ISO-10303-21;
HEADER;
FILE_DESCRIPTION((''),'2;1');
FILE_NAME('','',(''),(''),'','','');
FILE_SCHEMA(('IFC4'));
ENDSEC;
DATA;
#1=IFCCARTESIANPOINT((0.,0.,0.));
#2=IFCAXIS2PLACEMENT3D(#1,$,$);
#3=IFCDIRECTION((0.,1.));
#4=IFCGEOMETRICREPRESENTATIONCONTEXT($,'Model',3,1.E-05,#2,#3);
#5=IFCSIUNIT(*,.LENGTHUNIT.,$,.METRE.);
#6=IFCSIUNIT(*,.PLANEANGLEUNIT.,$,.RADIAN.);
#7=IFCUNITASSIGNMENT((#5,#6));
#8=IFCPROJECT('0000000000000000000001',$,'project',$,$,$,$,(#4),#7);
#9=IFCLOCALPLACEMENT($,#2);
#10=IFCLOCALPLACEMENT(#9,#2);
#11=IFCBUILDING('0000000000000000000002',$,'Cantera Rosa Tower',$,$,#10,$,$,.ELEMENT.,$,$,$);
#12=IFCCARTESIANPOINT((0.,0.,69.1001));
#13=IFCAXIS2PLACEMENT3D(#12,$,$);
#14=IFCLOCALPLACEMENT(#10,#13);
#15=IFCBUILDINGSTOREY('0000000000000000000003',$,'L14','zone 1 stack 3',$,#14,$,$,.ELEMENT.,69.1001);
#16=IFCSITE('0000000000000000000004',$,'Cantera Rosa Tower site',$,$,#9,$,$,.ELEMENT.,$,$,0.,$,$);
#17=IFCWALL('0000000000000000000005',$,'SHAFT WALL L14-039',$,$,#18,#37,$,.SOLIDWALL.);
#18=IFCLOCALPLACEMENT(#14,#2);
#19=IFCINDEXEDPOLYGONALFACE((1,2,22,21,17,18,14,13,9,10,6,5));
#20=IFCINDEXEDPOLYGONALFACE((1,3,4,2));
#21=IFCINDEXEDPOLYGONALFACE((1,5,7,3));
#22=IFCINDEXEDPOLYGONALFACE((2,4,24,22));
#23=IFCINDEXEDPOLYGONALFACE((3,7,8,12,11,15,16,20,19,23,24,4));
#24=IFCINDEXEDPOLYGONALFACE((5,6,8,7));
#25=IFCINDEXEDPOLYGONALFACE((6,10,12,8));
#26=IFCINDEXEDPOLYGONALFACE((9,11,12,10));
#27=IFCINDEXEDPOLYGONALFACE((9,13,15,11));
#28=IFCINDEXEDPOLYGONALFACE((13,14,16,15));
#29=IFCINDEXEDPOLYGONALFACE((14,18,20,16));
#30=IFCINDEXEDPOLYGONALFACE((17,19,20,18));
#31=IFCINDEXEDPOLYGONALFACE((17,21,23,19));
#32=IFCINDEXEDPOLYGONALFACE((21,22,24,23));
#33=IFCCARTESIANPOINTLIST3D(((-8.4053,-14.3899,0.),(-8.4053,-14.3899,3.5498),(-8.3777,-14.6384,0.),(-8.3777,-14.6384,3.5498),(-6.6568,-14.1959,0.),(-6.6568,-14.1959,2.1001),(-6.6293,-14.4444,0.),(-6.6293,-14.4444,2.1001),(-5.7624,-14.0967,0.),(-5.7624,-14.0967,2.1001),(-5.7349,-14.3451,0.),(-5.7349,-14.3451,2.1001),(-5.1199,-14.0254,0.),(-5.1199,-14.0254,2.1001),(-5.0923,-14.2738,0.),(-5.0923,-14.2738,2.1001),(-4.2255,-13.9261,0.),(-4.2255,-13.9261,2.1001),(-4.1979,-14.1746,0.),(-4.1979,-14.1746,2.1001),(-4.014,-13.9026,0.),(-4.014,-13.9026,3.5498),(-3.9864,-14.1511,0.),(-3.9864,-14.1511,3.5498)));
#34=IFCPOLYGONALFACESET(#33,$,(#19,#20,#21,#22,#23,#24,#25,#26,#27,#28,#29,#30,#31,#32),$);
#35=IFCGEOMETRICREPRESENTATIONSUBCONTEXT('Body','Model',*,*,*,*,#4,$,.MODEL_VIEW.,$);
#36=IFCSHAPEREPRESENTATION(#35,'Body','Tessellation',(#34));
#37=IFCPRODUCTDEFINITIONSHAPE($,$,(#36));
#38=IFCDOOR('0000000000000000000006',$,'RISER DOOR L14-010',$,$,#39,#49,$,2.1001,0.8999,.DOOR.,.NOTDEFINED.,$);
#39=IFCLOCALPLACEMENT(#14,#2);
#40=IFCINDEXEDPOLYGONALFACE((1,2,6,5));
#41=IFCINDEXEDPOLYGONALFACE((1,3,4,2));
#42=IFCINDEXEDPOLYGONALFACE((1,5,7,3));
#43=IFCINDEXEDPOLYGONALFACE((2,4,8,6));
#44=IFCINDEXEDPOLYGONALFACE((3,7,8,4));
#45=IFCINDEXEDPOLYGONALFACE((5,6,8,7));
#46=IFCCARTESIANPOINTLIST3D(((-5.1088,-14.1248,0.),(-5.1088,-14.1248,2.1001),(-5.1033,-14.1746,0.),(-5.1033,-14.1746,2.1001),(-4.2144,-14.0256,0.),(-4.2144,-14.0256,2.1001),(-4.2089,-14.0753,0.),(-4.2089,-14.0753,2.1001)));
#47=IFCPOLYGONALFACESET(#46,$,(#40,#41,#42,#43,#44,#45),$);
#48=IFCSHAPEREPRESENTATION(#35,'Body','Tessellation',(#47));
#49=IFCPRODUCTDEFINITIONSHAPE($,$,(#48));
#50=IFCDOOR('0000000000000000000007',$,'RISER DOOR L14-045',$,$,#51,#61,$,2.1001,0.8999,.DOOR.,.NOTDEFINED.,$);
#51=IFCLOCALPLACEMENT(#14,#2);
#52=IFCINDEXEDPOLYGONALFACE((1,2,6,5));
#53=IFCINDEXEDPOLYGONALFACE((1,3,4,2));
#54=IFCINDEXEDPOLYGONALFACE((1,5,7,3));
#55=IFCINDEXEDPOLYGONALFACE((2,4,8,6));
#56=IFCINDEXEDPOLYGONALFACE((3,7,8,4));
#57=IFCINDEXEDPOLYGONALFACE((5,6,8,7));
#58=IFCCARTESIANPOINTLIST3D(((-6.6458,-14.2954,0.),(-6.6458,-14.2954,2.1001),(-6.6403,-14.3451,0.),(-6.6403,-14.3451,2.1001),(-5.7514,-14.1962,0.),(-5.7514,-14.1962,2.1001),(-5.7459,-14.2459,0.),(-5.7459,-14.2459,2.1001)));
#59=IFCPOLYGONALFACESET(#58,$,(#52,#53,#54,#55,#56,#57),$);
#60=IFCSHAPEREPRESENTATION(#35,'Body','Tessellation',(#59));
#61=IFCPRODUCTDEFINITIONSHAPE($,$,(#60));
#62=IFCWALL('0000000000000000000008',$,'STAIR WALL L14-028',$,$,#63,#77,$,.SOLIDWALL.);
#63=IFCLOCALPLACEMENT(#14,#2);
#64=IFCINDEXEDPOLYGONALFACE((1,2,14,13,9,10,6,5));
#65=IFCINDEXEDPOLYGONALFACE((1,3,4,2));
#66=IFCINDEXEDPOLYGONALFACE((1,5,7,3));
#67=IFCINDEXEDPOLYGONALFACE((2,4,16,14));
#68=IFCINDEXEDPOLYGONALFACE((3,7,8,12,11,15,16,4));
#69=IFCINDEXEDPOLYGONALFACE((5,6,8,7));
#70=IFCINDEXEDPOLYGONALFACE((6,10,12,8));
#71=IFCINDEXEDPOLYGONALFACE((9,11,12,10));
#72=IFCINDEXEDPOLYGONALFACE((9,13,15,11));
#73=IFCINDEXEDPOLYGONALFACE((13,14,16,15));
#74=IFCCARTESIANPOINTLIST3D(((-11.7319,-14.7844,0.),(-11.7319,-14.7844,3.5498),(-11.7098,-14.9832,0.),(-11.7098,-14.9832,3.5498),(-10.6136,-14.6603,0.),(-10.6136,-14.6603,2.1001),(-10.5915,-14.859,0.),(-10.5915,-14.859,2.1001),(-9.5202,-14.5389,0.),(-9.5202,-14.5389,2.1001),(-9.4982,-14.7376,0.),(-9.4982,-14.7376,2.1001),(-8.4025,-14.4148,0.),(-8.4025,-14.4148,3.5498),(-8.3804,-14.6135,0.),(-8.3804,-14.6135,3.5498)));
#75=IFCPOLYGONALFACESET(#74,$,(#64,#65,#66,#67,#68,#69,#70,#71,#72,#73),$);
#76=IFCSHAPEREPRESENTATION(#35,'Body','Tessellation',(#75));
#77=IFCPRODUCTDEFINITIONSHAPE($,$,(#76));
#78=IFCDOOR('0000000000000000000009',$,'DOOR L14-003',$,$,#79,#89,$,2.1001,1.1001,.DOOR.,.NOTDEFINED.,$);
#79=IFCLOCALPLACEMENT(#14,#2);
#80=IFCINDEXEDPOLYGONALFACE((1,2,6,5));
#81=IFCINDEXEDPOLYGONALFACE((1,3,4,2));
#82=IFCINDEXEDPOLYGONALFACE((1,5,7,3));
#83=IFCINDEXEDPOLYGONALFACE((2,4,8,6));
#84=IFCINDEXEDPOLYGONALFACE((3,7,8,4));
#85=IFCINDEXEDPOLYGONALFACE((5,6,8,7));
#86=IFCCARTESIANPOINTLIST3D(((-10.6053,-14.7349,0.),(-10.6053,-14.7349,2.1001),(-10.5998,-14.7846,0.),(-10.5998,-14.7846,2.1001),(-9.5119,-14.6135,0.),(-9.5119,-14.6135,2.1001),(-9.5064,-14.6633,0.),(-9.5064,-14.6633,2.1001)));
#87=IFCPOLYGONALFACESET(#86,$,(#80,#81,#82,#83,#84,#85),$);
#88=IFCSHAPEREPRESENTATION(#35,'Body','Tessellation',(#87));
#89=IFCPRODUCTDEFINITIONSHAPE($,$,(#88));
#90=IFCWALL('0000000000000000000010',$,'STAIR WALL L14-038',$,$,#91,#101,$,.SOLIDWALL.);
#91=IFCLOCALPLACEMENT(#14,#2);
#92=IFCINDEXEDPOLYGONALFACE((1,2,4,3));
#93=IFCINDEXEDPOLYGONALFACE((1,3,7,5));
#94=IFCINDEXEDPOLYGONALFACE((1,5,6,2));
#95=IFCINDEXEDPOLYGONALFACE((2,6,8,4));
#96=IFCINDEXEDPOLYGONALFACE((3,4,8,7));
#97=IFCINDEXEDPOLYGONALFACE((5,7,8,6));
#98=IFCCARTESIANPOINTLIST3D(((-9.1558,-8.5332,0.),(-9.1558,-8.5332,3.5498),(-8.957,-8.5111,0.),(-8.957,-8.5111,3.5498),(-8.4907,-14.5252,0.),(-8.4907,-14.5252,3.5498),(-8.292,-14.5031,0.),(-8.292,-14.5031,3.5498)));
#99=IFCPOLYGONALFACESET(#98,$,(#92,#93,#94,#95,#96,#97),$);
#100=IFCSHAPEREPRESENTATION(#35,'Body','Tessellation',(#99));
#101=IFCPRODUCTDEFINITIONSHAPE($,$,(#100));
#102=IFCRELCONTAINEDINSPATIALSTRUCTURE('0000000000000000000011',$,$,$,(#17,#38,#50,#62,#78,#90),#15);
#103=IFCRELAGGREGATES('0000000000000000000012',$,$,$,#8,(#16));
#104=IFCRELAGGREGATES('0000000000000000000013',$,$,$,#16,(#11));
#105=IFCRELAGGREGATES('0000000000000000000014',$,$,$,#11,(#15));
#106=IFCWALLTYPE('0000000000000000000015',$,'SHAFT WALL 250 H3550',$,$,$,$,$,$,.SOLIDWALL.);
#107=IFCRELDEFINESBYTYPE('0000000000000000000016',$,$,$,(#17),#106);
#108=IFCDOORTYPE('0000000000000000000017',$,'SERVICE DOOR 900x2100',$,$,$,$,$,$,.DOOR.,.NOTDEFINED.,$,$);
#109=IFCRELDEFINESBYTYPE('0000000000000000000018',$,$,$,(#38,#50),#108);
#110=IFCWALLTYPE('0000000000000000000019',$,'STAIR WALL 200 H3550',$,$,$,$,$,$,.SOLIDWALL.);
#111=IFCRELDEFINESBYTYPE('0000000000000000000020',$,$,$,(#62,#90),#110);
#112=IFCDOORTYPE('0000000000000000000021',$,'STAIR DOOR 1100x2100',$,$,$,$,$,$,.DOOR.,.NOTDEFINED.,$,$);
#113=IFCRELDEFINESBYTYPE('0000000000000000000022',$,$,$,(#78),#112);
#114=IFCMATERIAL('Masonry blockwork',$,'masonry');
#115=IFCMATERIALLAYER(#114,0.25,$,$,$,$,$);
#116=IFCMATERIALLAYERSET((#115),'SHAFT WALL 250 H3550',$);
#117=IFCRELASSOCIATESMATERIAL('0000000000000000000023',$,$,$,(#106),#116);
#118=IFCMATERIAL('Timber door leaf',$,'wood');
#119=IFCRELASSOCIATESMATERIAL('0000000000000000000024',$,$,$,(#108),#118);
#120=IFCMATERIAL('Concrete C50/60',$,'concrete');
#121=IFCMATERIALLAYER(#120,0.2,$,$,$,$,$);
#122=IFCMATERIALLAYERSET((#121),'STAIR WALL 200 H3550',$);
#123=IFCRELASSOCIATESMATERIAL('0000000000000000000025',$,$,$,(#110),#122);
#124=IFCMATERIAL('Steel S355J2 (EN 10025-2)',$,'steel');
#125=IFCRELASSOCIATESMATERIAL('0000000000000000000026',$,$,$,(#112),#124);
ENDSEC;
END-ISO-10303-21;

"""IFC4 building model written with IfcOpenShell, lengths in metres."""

from ifc_helpers import new_model, si_unit, direction, frame, frame_2d, origin, place, context, subcontext, project, spatial, rectangle, extrude, material, layer, layer_set, type_object, element, fill, save


model = new_model("IFC4")

# Units and contexts
model_context = context("Model", 3, precision=1e-05, world=origin(), true_north=direction((0.0, 1.0)))
body_context = subcontext(model_context, "Body", "Model", "MODEL_VIEW")
ifc_project = project(units=[si_unit("LENGTHUNIT", "METRE"), si_unit("PLANEANGLEUNIT", "RADIAN")], contexts=[model_context])

# Site, building, storey
site_placement = place(None, origin())
site = spatial("IfcSite", under=ifc_project, at=site_placement, Name="Cantera Rosa Tower site", CompositionType="ELEMENT", RefElevation=0.0)
building_placement = place(site_placement, origin())
building = spatial("IfcBuilding", under=site, at=building_placement, Name="Cantera Rosa Tower", CompositionType="ELEMENT")
storey_placement = place(building_placement, frame((0.0, 0.0, 69.1001)))
storey = spatial("IfcBuildingStorey", under=building, at=storey_placement, Name="L14", Description="zone 1 stack 3", CompositionType="ELEMENT", Elevation=69.1001)

# Wall, openings, doors
ifc_material_1 = material(Name="Masonry blockwork", Category="masonry")
ifc_layer_1 = layer(ifc_material_1, 0.25)
ifc_layer_set_1 = layer_set([ifc_layer_1], Name="SHAFT WALL 250 H3550")
wall_type_1 = type_object("IfcWallType", Name="SHAFT WALL 250 H3550", PredefinedType="SOLIDWALL", material=ifc_layer_set_1)
wall_1_placement = place(storey_placement, frame((-8.3914, -14.5142, 0.0), z_axis=(0.0, 0.0, 1.0), x_axis=(0.993899, 0.110292, 0.0)))
wall_1 = element("IfcWall", 1, at=wall_1_placement, inside=storey, type_object=wall_type_1, Name="SHAFT WALL L14-039", PredefinedType="SOLIDWALL", context=body_context, shape_type="SweptSolid", body=[
    extrude(rectangle(XDim=4.4182, YDim=0.25, at=frame_2d((2.209, 0.0))), origin(), (0.0, 0.0, 1.0), 3.5498),
])
opening_1_placement = place(wall_1_placement, frame((3.3054, 0.0, 0.0)))
opening_1 = element("IfcOpeningElement", 2, at=opening_1_placement, cuts=wall_1, PredefinedType="OPENING", context=body_context, shape_type="SweptSolid", body=[
    extrude(rectangle(XDim=0.8999, YDim=2.1001, at=frame_2d((0.45, 1.05))), frame((0.0, 0.135, 0.0), z_axis=(0.0, -1.0, 0.0), x_axis=(1.0, 0.0, 0.0)), (0.0, 0.0, 1.0), 0.27),
])
opening_2_placement = place(wall_1_placement, frame((1.759, 0.0, 0.0)))
opening_2 = element("IfcOpeningElement", 3, at=opening_2_placement, cuts=wall_1, PredefinedType="OPENING", context=body_context, shape_type="SweptSolid", body=[
    extrude(rectangle(XDim=0.8999, YDim=2.1001, at=frame_2d((0.45, 1.05))), frame((0.0, 0.135, 0.0), z_axis=(0.0, -1.0, 0.0), x_axis=(1.0, 0.0, 0.0)), (0.0, 0.0, 1.0), 0.27),
])
ifc_material_2 = material(Name="Timber door leaf", Category="wood")
door_type_1 = type_object("IfcDoorType", Name="SERVICE DOOR 900x2100", OperationType="NOTDEFINED", PredefinedType="DOOR", material=ifc_material_2)
door_1_placement = place(opening_1_placement, origin())
door_1 = element("IfcDoor", 4, at=door_1_placement, inside=storey, type_object=door_type_1, Name="RISER DOOR L14-010", OperationType="NOTDEFINED", OverallHeight=2.1001, OverallWidth=0.8999, PredefinedType="DOOR", context=body_context, shape_type="SweptSolid", body=[
    extrude(rectangle(XDim=0.8999, YDim=2.1001, at=frame_2d((0.45, 1.05))), frame((0.0, 0.0249, 0.0), z_axis=(0.0, -1.0, 0.0), x_axis=(1.0, 0.0, 0.0)), (0.0, 0.0, 1.0), 0.05),
])
fill(opening_1, door_1)
door_2_placement = place(opening_2_placement, origin())
door_2 = element("IfcDoor", 5, at=door_2_placement, inside=storey, type_object=door_type_1, Name="RISER DOOR L14-045", OperationType="NOTDEFINED", OverallHeight=2.1001, OverallWidth=0.8999, PredefinedType="DOOR", context=body_context, shape_type="SweptSolid", body=[
    extrude(rectangle(XDim=0.8999, YDim=2.1001, at=frame_2d((0.45, 1.05))), frame((0.0, 0.0249, 0.0), z_axis=(0.0, -1.0, 0.0), x_axis=(1.0, 0.0, 0.0)), (0.0, 0.0, 1.0), 0.05),
])
fill(opening_2, door_2)

# Wall, opening, door
ifc_material_3 = material(Name="Concrete C50/60", Category="concrete")
ifc_layer_2 = layer(ifc_material_3, 0.2)
ifc_layer_set_2 = layer_set([ifc_layer_2], Name="STAIR WALL 200 H3550")
wall_type_2 = type_object("IfcWallType", Name="STAIR WALL 200 H3550", PredefinedType="SOLIDWALL", material=ifc_layer_set_2)
wall_2_placement = place(storey_placement, frame((-11.7207, -14.8838, 0.0), z_axis=(0.0, 0.0, 1.0), x_axis=(0.993894, 0.110344, 0.0)))
wall_2 = element("IfcWall", 6, at=wall_2_placement, inside=storey, type_object=wall_type_2, Name="STAIR WALL L14-028", PredefinedType="SOLIDWALL", context=body_context, shape_type="SweptSolid", body=[
    extrude(rectangle(XDim=3.3499, YDim=0.2, at=frame_2d((1.6748, 0.0))), origin(), (0.0, 0.0, 1.0), 3.5498),
])
opening_3_placement = place(wall_2_placement, frame((1.125, 0.0, 0.0)))
opening_3 = element("IfcOpeningElement", 7, at=opening_3_placement, cuts=wall_2, PredefinedType="OPENING", context=body_context, shape_type="SweptSolid", body=[
    extrude(rectangle(XDim=1.1001, YDim=2.1001, at=frame_2d((0.55, 1.05))), frame((0.0, 0.1099, 0.0), z_axis=(0.0, -1.0, 0.0), x_axis=(1.0, 0.0, 0.0)), (0.0, 0.0, 1.0), 0.22),
])
ifc_material_4 = material(Name="Steel S355J2 (EN 10025-2)", Category="steel")
door_type_2 = type_object("IfcDoorType", Name="STAIR DOOR 1100x2100", OperationType="NOTDEFINED", PredefinedType="DOOR", material=ifc_material_4)
door_3_placement = place(opening_3_placement, origin())
door_3 = element("IfcDoor", 8, at=door_3_placement, inside=storey, type_object=door_type_2, Name="DOOR L14-003", OperationType="NOTDEFINED", OverallHeight=2.1001, OverallWidth=1.1001, PredefinedType="DOOR", context=body_context, shape_type="SweptSolid", body=[
    extrude(rectangle(XDim=1.1001, YDim=2.1001, at=frame_2d((0.55, 1.05))), frame((0.0, 0.0249, 0.0), z_axis=(0.0, -1.0, 0.0), x_axis=(1.0, 0.0, 0.0)), (0.0, 0.0, 1.0), 0.05),
])
fill(opening_3, door_3)

# Wall
wall_3_placement = place(storey_placement, frame((-8.3914, -14.5142, 0.0), z_axis=(0.0, 0.0, 1.0), x_axis=(-0.110312, 0.993897, 0.0)))
element("IfcWall", 9, at=wall_3_placement, inside=storey, type_object=wall_type_2, Name="STAIR WALL L14-038", PredefinedType="SOLIDWALL", context=body_context, shape_type="SweptSolid", body=[
    extrude(rectangle(XDim=6.0288, YDim=0.2, at=frame_2d((3.0144, 0.0))), origin(), (0.0, 0.0, 1.0), 3.5498),
])

save(model, "model.ifc")
